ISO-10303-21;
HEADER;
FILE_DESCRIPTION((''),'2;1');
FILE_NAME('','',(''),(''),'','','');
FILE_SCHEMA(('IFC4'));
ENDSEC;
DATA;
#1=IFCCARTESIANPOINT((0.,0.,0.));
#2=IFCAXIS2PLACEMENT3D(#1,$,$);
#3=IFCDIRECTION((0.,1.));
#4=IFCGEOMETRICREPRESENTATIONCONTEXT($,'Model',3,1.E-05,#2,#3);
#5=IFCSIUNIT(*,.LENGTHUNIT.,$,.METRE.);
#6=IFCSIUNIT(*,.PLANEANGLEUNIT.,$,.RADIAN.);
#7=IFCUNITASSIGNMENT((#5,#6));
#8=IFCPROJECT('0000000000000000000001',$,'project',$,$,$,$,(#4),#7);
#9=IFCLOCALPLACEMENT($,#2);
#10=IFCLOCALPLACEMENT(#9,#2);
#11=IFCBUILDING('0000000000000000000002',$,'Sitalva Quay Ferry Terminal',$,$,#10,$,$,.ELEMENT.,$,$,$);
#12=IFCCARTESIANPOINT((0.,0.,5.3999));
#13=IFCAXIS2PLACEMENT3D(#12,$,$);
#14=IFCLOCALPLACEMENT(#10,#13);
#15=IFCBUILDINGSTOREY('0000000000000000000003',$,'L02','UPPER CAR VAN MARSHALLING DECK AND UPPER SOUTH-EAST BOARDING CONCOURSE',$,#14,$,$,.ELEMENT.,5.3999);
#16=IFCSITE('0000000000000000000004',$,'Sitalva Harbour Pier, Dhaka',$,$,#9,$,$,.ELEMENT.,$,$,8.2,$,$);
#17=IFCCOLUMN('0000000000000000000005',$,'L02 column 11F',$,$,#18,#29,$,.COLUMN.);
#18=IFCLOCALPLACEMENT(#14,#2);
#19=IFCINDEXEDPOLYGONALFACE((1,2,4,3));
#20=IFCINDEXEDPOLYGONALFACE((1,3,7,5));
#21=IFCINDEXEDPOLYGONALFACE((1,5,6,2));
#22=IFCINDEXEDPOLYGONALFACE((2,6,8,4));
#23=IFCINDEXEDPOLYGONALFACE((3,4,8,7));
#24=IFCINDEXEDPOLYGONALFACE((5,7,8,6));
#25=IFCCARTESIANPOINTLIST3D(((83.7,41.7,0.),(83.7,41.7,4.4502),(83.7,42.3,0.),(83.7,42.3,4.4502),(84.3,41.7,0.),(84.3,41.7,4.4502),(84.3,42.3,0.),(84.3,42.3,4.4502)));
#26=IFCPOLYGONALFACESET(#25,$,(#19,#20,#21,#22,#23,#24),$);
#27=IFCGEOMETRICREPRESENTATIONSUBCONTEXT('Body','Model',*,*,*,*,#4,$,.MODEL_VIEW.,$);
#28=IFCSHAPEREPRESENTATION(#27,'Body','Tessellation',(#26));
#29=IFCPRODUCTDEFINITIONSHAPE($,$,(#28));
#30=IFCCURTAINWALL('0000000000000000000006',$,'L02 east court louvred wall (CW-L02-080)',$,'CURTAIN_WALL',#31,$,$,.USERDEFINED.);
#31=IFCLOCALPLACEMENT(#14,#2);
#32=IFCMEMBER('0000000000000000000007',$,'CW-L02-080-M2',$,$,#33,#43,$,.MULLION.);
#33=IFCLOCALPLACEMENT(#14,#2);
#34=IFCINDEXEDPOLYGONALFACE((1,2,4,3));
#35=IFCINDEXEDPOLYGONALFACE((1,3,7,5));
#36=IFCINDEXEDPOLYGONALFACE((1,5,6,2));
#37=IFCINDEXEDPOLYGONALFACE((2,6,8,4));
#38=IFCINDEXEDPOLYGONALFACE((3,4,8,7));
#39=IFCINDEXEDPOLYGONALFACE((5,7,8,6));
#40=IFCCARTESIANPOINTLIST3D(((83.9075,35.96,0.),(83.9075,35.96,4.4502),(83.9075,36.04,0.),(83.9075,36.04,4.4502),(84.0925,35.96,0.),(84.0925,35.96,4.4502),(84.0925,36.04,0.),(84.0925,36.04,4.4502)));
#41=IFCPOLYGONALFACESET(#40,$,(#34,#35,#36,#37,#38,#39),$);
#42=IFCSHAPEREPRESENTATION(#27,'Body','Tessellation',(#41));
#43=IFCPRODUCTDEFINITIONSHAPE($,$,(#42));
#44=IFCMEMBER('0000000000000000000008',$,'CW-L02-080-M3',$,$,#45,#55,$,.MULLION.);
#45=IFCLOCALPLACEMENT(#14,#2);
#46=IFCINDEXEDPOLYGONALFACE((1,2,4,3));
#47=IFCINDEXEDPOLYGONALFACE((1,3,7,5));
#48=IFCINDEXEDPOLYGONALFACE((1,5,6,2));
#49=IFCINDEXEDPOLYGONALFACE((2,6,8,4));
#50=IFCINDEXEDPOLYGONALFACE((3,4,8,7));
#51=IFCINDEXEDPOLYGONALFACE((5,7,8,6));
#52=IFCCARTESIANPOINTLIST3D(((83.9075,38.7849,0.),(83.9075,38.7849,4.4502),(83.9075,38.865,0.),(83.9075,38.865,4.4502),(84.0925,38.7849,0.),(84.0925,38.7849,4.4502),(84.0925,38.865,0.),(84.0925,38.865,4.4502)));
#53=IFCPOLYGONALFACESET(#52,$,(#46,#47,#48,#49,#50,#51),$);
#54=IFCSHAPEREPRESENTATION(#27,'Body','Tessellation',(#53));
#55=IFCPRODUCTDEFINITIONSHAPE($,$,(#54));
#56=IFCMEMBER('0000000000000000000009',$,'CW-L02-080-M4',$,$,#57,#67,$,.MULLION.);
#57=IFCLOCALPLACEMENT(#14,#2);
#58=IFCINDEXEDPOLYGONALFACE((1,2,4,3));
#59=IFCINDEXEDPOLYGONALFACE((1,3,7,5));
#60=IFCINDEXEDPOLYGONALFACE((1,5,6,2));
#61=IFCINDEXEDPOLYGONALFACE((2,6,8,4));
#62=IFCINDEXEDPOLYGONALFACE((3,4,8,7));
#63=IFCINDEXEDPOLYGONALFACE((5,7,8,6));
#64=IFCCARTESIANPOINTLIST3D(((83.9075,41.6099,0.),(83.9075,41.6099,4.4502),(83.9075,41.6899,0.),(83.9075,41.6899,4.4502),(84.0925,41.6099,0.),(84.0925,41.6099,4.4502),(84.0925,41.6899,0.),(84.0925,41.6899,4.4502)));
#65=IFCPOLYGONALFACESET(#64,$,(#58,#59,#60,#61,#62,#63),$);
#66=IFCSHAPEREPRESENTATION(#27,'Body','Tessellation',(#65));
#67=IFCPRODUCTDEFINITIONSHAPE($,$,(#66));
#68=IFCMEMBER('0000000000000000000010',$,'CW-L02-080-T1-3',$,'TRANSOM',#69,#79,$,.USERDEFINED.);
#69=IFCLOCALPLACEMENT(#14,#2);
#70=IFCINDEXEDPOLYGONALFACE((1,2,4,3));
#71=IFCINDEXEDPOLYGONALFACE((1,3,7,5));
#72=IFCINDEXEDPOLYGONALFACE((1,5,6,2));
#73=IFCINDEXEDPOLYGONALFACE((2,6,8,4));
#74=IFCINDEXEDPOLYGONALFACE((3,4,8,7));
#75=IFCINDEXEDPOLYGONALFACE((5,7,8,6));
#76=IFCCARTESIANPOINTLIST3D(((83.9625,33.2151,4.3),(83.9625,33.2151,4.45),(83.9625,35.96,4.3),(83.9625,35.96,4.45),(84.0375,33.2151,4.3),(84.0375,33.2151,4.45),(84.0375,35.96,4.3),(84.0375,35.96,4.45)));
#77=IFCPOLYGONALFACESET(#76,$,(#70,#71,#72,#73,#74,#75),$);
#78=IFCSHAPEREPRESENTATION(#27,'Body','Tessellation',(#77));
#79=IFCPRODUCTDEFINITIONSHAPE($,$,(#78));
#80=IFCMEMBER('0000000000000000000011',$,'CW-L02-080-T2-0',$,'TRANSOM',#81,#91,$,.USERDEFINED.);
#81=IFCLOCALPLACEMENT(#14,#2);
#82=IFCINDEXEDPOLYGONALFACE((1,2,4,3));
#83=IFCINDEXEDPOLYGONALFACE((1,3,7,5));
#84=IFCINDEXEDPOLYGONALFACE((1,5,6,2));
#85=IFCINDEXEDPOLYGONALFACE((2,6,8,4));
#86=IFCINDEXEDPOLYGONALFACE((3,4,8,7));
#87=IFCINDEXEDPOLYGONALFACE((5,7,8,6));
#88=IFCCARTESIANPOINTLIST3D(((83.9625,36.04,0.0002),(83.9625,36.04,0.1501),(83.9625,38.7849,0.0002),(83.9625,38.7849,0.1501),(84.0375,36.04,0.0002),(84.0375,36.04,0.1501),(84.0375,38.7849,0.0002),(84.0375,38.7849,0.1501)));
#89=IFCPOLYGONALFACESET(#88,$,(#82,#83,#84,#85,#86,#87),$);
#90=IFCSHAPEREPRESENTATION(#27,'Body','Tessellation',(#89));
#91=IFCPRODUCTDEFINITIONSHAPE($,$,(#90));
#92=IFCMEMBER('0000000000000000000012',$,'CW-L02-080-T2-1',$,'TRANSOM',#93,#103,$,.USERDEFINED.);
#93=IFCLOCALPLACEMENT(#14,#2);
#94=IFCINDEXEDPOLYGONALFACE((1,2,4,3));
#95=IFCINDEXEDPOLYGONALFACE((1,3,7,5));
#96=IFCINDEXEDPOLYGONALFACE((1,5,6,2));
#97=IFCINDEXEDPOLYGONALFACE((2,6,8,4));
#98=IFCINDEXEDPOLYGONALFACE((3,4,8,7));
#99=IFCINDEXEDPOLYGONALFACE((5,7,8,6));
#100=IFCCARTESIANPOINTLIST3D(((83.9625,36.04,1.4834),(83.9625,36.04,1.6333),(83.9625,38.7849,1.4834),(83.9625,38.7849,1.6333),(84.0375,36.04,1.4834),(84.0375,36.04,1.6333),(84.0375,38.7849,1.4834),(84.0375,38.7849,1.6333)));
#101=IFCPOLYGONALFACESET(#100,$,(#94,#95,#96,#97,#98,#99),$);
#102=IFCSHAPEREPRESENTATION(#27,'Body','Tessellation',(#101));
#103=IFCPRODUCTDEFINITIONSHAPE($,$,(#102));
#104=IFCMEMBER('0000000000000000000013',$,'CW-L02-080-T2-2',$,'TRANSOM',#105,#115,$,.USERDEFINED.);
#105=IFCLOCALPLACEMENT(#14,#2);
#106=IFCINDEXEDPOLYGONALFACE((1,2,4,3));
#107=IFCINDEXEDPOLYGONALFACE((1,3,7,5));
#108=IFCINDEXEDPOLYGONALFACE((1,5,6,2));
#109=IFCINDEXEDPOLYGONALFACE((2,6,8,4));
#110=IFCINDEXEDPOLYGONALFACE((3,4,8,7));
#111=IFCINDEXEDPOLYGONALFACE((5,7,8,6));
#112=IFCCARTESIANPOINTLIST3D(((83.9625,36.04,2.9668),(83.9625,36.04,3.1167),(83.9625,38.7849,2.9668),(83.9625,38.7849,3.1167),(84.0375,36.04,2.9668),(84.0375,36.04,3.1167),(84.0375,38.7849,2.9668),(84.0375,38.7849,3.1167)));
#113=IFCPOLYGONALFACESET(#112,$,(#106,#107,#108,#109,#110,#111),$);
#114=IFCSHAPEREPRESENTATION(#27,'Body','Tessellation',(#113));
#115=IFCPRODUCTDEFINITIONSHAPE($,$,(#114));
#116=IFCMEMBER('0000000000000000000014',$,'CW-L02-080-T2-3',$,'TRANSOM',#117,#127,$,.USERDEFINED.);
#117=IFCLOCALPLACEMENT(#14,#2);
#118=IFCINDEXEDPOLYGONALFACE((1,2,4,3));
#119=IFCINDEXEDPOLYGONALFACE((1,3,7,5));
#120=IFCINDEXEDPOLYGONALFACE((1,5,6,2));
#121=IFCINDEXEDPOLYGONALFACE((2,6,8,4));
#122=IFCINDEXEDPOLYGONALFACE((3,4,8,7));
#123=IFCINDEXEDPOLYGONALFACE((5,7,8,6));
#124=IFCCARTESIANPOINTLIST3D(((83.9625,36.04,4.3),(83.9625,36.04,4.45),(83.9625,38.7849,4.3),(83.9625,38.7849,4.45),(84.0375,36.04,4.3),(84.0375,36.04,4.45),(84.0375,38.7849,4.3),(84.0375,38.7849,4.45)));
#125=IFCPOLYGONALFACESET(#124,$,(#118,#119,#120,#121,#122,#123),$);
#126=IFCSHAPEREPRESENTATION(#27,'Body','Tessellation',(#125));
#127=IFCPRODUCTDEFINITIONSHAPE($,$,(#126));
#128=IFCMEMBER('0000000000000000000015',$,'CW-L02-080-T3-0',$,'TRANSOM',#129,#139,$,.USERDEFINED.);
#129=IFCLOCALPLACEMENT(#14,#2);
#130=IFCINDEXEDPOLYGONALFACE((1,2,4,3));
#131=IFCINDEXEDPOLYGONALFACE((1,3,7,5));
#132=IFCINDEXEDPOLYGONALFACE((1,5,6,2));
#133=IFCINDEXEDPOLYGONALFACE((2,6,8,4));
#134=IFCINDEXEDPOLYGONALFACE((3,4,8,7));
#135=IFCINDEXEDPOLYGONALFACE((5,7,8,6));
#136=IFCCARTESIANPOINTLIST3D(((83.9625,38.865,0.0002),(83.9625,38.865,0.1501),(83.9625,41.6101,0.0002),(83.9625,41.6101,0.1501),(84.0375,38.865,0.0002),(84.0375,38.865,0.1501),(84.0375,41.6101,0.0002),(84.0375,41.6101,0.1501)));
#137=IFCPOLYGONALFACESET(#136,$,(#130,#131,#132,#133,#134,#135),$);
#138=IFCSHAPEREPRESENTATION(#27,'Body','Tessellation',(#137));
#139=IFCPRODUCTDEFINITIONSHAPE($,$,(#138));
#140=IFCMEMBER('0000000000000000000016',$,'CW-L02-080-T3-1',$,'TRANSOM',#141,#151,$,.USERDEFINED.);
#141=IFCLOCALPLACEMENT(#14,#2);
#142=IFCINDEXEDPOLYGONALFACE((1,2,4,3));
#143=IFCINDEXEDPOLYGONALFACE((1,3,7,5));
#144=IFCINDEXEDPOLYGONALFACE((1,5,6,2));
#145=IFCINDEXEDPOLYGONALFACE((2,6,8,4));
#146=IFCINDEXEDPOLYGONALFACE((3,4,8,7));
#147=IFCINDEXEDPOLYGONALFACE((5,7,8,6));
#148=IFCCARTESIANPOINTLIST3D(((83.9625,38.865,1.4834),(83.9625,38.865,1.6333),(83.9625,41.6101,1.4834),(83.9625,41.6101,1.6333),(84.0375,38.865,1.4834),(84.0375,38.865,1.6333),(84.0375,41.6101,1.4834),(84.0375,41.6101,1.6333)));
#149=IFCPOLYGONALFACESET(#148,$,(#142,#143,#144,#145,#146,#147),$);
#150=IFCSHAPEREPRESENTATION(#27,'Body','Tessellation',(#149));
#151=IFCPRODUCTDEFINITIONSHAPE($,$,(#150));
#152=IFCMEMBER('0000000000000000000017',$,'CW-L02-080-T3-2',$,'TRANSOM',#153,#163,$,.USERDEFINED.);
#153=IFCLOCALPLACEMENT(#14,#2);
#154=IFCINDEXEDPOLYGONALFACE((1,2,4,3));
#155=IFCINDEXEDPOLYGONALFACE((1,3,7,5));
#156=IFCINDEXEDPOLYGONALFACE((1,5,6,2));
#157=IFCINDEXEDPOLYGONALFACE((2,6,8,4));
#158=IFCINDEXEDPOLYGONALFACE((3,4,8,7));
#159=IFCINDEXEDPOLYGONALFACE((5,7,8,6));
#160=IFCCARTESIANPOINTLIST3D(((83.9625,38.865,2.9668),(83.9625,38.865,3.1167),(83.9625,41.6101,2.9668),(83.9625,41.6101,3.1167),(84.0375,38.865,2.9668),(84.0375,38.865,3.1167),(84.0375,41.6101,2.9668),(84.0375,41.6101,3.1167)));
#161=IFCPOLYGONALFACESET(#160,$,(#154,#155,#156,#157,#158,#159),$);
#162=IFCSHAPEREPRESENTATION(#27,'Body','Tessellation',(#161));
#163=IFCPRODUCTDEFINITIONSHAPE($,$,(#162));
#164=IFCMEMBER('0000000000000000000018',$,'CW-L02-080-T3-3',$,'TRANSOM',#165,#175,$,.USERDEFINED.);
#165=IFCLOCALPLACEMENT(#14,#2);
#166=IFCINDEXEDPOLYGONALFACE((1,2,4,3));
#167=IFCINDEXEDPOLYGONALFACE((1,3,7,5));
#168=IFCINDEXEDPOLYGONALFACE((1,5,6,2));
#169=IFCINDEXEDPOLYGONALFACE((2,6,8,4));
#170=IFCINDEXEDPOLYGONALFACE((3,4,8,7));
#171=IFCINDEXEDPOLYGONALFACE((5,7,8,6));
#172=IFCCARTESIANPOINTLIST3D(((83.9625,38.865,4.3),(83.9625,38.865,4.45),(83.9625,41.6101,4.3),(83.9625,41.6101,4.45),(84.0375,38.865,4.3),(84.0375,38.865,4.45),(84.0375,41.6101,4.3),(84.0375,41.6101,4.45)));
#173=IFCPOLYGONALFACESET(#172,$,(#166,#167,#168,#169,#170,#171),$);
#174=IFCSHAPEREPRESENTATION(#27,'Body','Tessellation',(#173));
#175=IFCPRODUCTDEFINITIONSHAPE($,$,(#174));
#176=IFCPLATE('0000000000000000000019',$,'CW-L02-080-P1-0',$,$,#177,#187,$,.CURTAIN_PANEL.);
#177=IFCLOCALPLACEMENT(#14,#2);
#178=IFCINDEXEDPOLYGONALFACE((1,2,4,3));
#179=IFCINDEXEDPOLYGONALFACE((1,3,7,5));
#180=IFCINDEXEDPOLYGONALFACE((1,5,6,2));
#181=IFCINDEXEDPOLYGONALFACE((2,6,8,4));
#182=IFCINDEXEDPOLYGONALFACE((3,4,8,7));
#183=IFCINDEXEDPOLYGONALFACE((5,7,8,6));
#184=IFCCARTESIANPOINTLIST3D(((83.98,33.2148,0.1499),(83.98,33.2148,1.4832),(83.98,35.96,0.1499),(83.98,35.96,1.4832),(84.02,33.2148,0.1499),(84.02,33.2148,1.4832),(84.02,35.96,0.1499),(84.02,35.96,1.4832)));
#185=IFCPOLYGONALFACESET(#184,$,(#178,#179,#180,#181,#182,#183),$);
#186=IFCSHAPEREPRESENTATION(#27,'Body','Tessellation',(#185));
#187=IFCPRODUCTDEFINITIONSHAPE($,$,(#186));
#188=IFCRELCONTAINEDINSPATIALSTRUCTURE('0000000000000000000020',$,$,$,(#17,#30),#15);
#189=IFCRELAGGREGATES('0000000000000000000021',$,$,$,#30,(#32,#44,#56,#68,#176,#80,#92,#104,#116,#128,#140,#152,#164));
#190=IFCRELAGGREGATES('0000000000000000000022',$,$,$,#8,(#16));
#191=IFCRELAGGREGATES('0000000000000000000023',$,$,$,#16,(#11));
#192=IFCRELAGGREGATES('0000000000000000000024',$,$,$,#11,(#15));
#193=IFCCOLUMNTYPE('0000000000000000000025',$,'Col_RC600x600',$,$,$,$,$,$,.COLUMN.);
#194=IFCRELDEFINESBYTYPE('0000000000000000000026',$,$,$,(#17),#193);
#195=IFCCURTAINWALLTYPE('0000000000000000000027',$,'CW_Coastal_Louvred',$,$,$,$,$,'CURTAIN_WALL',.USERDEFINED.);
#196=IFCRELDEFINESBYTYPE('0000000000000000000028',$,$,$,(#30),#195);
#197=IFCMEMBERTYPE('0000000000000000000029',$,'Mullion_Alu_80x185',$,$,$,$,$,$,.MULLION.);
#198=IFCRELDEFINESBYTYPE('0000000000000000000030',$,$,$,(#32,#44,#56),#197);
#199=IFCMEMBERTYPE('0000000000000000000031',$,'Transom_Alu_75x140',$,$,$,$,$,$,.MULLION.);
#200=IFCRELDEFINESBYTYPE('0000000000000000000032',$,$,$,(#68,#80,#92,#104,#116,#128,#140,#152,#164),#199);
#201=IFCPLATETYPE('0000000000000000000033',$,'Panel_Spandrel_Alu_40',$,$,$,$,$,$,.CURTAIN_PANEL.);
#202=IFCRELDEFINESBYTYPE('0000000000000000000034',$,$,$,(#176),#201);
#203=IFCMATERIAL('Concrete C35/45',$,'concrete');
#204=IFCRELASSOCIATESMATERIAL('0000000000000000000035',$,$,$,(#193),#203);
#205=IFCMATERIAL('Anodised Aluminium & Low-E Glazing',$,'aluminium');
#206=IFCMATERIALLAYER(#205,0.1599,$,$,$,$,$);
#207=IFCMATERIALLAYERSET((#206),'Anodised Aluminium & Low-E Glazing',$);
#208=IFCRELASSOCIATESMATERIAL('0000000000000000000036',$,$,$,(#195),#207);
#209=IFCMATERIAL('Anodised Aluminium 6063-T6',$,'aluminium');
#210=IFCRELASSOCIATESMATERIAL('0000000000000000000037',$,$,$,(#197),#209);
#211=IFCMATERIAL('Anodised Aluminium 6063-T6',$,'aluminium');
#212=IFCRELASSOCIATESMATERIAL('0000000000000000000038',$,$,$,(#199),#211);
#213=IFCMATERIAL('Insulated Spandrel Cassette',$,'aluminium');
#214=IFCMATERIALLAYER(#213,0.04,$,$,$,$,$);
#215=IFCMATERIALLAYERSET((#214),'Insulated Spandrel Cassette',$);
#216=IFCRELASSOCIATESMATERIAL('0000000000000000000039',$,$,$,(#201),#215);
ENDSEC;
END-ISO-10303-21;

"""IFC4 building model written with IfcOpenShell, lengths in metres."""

from ifc_helpers import new_model, si_unit, direction, frame, origin, origin_2d, place, context, subcontext, project, spatial, rectangle, extrude, material, layer, layer_set, material_profile, profile_set, type_object, element, aggregate, save


model = new_model("IFC4")

# Units and contexts
model_context = context("Model", 3, precision=1e-05, world=origin(), true_north=direction((0.0, 1.0)))
body_context = subcontext(model_context, "Body", "Model", "MODEL_VIEW")
ifc_project = project(units=[si_unit("LENGTHUNIT", "METRE"), si_unit("PLANEANGLEUNIT", "RADIAN")], contexts=[model_context])

# Site, building, storey
site_placement = place(None, origin())
site = spatial("IfcSite", under=ifc_project, at=site_placement, Name="Sitalva Harbour Pier, Dhaka", CompositionType="ELEMENT", RefElevation=8.2)
building_placement = place(site_placement, origin())
building = spatial("IfcBuilding", under=site, at=building_placement, Name="Sitalva Quay Ferry Terminal", CompositionType="ELEMENT")
storey_placement = place(building_placement, frame((0.0, 0.0, 5.3999)))
storey = spatial("IfcBuildingStorey", under=building, at=storey_placement, Name="L02", Description="UPPER CAR VAN MARSHALLING DECK AND UPPER SOUTH-EAST BOARDING CONCOURSE", CompositionType="ELEMENT", Elevation=5.3999)

# Column
ifc_material_1 = material(Name="Concrete C35/45", Category="concrete")
ifc_material_profile_1 = material_profile(ifc_material_1, rectangle(XDim=0.6001, YDim=0.6001, at=origin_2d()), Name="RC600x600")
ifc_profile_set_1 = profile_set([ifc_material_profile_1], Name="Concrete C35/45")
column_type = type_object("IfcColumnType", Name="Col_RC600x600", PredefinedType="COLUMN", material=ifc_profile_set_1)
column_placement = place(storey_placement, frame((84.0, 42.0, 0.0), z_axis=(0.0, 0.0, 1.0), x_axis=(1.0, 0.0, 0.0)))
element("IfcColumn", 1, at=column_placement, inside=storey, type_object=column_type, Name="L02 column 11F", PredefinedType="COLUMN", context=body_context, shape_type="SweptSolid", body=[
    extrude(rectangle(XDim=0.6001, YDim=0.6001, at=origin_2d()), origin(), (0.0, 0.0, 1.0), 4.4502),
])

# Curtain wall, members, plate
ifc_material_2 = material(Name="Anodised Aluminium & Low-E Glazing", Category="aluminium")
ifc_layer_1 = layer(ifc_material_2, 0.1599)
ifc_layer_set_1 = layer_set([ifc_layer_1], Name="Anodised Aluminium & Low-E Glazing")
curtain_wall_type = type_object("IfcCurtainWallType", Name="CW_Coastal_Louvred", ElementType="CURTAIN_WALL", PredefinedType="USERDEFINED", material=ifc_layer_set_1)
curtain_wall_placement = place(storey_placement, origin())
curtain_wall = element("IfcCurtainWall", 2, at=curtain_wall_placement, inside=storey, type_object=curtain_wall_type, Name="L02 east court louvred wall (CW-L02-080)", ObjectType="CURTAIN_WALL", PredefinedType="USERDEFINED")
ifc_material_3 = material(Name="Anodised Aluminium 6063-T6", Category="aluminium")
ifc_material_profile_2 = material_profile(ifc_material_3, rectangle(XDim=0.0801, YDim=0.1851, at=origin_2d()), Name="ALU80x185")
ifc_profile_set_2 = profile_set([ifc_material_profile_2], Name="Anodised Aluminium 6063-T6")
member_type_1 = type_object("IfcMemberType", Name="Mullion_Alu_80x185", PredefinedType="MULLION", material=ifc_profile_set_2)
member_1_placement = place(storey_placement, frame((84.0, 36.0, 0.0), z_axis=(0.0, 0.0, 1.0), x_axis=(0.0, 1.0, 0.0)))
member_1 = element("IfcMember", 3, at=member_1_placement, type_object=member_type_1, Name="CW-L02-080-M2", PredefinedType="MULLION", context=body_context, shape_type="SweptSolid", body=[
    extrude(rectangle(XDim=0.0801, YDim=0.1851, at=origin_2d()), origin(), (0.0, 0.0, 1.0), 4.4502),
])
member_2_placement = place(storey_placement, frame((84.0, 38.825, 0.0), z_axis=(0.0, 0.0, 1.0), x_axis=(0.0, 1.0, 0.0)))
member_2 = element("IfcMember", 4, at=member_2_placement, type_object=member_type_1, Name="CW-L02-080-M3", PredefinedType="MULLION", context=body_context, shape_type="SweptSolid", body=[
    extrude(rectangle(XDim=0.0801, YDim=0.1851, at=origin_2d()), origin(), (0.0, 0.0, 1.0), 4.4502),
])
member_3_placement = place(storey_placement, frame((84.0, 41.6499, 0.0), z_axis=(0.0, 0.0, 1.0), x_axis=(0.0, 1.0, 0.0)))
member_3 = element("IfcMember", 5, at=member_3_placement, type_object=member_type_1, Name="CW-L02-080-M4", PredefinedType="MULLION", context=body_context, shape_type="SweptSolid", body=[
    extrude(rectangle(XDim=0.0801, YDim=0.1851, at=origin_2d()), origin(), (0.0, 0.0, 1.0), 4.4502),
])
ifc_material_4 = material(Name="Anodised Aluminium 6063-T6", Category="aluminium")
ifc_material_profile_3 = material_profile(ifc_material_4, rectangle(XDim=0.075, YDim=0.1499, at=origin_2d()), Name="ALU75x150")
ifc_profile_set_3 = profile_set([ifc_material_profile_3], Name="Anodised Aluminium 6063-T6")
member_type_2 = type_object("IfcMemberType", Name="Transom_Alu_75x140", PredefinedType="MULLION", material=ifc_profile_set_3)
member_4_placement = place(storey_placement, frame((84.0, 33.2151, 4.375), z_axis=(0.0, 1.0, 0.0), x_axis=(-1.0, 0.0, 0.0)))
member_4 = element("IfcMember", 6, at=member_4_placement, type_object=member_type_2, Name="CW-L02-080-T1-3", ObjectType="TRANSOM", PredefinedType="USERDEFINED", context=body_context, shape_type="SweptSolid", body=[
    extrude(rectangle(XDim=0.075, YDim=0.1499, at=origin_2d()), origin(), (0.0, 0.0, 1.0), 2.7449),
])
member_5_placement = place(storey_placement, frame((84.0, 36.04, 0.0752), z_axis=(0.0, 1.0, 0.0), x_axis=(-1.0, 0.0, 0.0)))
member_5 = element("IfcMember", 7, at=member_5_placement, type_object=member_type_2, Name="CW-L02-080-T2-0", ObjectType="TRANSOM", PredefinedType="USERDEFINED", context=body_context, shape_type="SweptSolid", body=[
    extrude(rectangle(XDim=0.075, YDim=0.1499, at=origin_2d()), origin(), (0.0, 0.0, 1.0), 2.7449),
])
member_6_placement = place(storey_placement, frame((84.0, 36.04, 1.5583), z_axis=(0.0, 1.0, 0.0), x_axis=(-1.0, 0.0, 0.0)))
member_6 = element("IfcMember", 8, at=member_6_placement, type_object=member_type_2, Name="CW-L02-080-T2-1", ObjectType="TRANSOM", PredefinedType="USERDEFINED", context=body_context, shape_type="SweptSolid", body=[
    extrude(rectangle(XDim=0.075, YDim=0.1499, at=origin_2d()), origin(), (0.0, 0.0, 1.0), 2.7449),
])
member_7_placement = place(storey_placement, frame((84.0, 36.04, 3.0417), z_axis=(0.0, 1.0, 0.0), x_axis=(-1.0, 0.0, 0.0)))
member_7 = element("IfcMember", 9, at=member_7_placement, type_object=member_type_2, Name="CW-L02-080-T2-2", ObjectType="TRANSOM", PredefinedType="USERDEFINED", context=body_context, shape_type="SweptSolid", body=[
    extrude(rectangle(XDim=0.075, YDim=0.1499, at=origin_2d()), origin(), (0.0, 0.0, 1.0), 2.7449),
])
member_8_placement = place(storey_placement, frame((84.0, 36.04, 4.375), z_axis=(0.0, 1.0, 0.0), x_axis=(-1.0, 0.0, 0.0)))
member_8 = element("IfcMember", 10, at=member_8_placement, type_object=member_type_2, Name="CW-L02-080-T2-3", ObjectType="TRANSOM", PredefinedType="USERDEFINED", context=body_context, shape_type="SweptSolid", body=[
    extrude(rectangle(XDim=0.075, YDim=0.1499, at=origin_2d()), origin(), (0.0, 0.0, 1.0), 2.7449),
])
member_9_placement = place(storey_placement, frame((84.0, 38.865, 0.0752), z_axis=(0.0, 1.0, 0.0), x_axis=(-1.0, 0.0, 0.0)))
member_9 = element("IfcMember", 11, at=member_9_placement, type_object=member_type_2, Name="CW-L02-080-T3-0", ObjectType="TRANSOM", PredefinedType="USERDEFINED", context=body_context, shape_type="SweptSolid", body=[
    extrude(rectangle(XDim=0.075, YDim=0.1499, at=origin_2d()), origin(), (0.0, 0.0, 1.0), 2.7451),
])
member_10_placement = place(storey_placement, frame((84.0, 38.865, 1.5583), z_axis=(0.0, 1.0, 0.0), x_axis=(-1.0, 0.0, 0.0)))
member_10 = element("IfcMember", 12, at=member_10_placement, type_object=member_type_2, Name="CW-L02-080-T3-1", ObjectType="TRANSOM", PredefinedType="USERDEFINED", context=body_context, shape_type="SweptSolid", body=[
    extrude(rectangle(XDim=0.075, YDim=0.1499, at=origin_2d()), origin(), (0.0, 0.0, 1.0), 2.7451),
])
member_11_placement = place(storey_placement, frame((84.0, 38.865, 3.0417), z_axis=(0.0, 1.0, 0.0), x_axis=(-1.0, 0.0, 0.0)))
member_11 = element("IfcMember", 13, at=member_11_placement, type_object=member_type_2, Name="CW-L02-080-T3-2", ObjectType="TRANSOM", PredefinedType="USERDEFINED", context=body_context, shape_type="SweptSolid", body=[
    extrude(rectangle(XDim=0.075, YDim=0.1499, at=origin_2d()), origin(), (0.0, 0.0, 1.0), 2.7451),
])
member_12_placement = place(storey_placement, frame((84.0, 38.865, 4.375), z_axis=(0.0, 1.0, 0.0), x_axis=(-1.0, 0.0, 0.0)))
member_12 = element("IfcMember", 14, at=member_12_placement, type_object=member_type_2, Name="CW-L02-080-T3-3", ObjectType="TRANSOM", PredefinedType="USERDEFINED", context=body_context, shape_type="SweptSolid", body=[
    extrude(rectangle(XDim=0.075, YDim=0.1499, at=origin_2d()), origin(), (0.0, 0.0, 1.0), 2.7451),
])
ifc_material_5 = material(Name="Insulated Spandrel Cassette", Category="aluminium")
ifc_layer_2 = layer(ifc_material_5, 0.04)
ifc_layer_set_2 = layer_set([ifc_layer_2], Name="Insulated Spandrel Cassette")
plate_type = type_object("IfcPlateType", Name="Panel_Spandrel_Alu_40", PredefinedType="CURTAIN_PANEL", material=ifc_layer_set_2)
plate_1_placement = place(storey_placement, frame((84.0, 34.5874, 0.1499), z_axis=(0.0, 0.0, 1.0), x_axis=(0.0, 1.0, 0.0)))
plate_1 = element("IfcPlate", 15, at=plate_1_placement, type_object=plate_type, Name="CW-L02-080-P1-0", PredefinedType="CURTAIN_PANEL", context=body_context, shape_type="SweptSolid", body=[
    extrude(rectangle(XDim=2.7451, YDim=0.04, at=origin_2d()), origin(), (0.0, 0.0, 1.0), 1.3333),
])
aggregate(curtain_wall, [member_1, member_2, member_3, member_4, plate_1, member_5, member_6, member_7, member_8, member_9, member_10, member_11, member_12])

save(model, "model.ifc")
